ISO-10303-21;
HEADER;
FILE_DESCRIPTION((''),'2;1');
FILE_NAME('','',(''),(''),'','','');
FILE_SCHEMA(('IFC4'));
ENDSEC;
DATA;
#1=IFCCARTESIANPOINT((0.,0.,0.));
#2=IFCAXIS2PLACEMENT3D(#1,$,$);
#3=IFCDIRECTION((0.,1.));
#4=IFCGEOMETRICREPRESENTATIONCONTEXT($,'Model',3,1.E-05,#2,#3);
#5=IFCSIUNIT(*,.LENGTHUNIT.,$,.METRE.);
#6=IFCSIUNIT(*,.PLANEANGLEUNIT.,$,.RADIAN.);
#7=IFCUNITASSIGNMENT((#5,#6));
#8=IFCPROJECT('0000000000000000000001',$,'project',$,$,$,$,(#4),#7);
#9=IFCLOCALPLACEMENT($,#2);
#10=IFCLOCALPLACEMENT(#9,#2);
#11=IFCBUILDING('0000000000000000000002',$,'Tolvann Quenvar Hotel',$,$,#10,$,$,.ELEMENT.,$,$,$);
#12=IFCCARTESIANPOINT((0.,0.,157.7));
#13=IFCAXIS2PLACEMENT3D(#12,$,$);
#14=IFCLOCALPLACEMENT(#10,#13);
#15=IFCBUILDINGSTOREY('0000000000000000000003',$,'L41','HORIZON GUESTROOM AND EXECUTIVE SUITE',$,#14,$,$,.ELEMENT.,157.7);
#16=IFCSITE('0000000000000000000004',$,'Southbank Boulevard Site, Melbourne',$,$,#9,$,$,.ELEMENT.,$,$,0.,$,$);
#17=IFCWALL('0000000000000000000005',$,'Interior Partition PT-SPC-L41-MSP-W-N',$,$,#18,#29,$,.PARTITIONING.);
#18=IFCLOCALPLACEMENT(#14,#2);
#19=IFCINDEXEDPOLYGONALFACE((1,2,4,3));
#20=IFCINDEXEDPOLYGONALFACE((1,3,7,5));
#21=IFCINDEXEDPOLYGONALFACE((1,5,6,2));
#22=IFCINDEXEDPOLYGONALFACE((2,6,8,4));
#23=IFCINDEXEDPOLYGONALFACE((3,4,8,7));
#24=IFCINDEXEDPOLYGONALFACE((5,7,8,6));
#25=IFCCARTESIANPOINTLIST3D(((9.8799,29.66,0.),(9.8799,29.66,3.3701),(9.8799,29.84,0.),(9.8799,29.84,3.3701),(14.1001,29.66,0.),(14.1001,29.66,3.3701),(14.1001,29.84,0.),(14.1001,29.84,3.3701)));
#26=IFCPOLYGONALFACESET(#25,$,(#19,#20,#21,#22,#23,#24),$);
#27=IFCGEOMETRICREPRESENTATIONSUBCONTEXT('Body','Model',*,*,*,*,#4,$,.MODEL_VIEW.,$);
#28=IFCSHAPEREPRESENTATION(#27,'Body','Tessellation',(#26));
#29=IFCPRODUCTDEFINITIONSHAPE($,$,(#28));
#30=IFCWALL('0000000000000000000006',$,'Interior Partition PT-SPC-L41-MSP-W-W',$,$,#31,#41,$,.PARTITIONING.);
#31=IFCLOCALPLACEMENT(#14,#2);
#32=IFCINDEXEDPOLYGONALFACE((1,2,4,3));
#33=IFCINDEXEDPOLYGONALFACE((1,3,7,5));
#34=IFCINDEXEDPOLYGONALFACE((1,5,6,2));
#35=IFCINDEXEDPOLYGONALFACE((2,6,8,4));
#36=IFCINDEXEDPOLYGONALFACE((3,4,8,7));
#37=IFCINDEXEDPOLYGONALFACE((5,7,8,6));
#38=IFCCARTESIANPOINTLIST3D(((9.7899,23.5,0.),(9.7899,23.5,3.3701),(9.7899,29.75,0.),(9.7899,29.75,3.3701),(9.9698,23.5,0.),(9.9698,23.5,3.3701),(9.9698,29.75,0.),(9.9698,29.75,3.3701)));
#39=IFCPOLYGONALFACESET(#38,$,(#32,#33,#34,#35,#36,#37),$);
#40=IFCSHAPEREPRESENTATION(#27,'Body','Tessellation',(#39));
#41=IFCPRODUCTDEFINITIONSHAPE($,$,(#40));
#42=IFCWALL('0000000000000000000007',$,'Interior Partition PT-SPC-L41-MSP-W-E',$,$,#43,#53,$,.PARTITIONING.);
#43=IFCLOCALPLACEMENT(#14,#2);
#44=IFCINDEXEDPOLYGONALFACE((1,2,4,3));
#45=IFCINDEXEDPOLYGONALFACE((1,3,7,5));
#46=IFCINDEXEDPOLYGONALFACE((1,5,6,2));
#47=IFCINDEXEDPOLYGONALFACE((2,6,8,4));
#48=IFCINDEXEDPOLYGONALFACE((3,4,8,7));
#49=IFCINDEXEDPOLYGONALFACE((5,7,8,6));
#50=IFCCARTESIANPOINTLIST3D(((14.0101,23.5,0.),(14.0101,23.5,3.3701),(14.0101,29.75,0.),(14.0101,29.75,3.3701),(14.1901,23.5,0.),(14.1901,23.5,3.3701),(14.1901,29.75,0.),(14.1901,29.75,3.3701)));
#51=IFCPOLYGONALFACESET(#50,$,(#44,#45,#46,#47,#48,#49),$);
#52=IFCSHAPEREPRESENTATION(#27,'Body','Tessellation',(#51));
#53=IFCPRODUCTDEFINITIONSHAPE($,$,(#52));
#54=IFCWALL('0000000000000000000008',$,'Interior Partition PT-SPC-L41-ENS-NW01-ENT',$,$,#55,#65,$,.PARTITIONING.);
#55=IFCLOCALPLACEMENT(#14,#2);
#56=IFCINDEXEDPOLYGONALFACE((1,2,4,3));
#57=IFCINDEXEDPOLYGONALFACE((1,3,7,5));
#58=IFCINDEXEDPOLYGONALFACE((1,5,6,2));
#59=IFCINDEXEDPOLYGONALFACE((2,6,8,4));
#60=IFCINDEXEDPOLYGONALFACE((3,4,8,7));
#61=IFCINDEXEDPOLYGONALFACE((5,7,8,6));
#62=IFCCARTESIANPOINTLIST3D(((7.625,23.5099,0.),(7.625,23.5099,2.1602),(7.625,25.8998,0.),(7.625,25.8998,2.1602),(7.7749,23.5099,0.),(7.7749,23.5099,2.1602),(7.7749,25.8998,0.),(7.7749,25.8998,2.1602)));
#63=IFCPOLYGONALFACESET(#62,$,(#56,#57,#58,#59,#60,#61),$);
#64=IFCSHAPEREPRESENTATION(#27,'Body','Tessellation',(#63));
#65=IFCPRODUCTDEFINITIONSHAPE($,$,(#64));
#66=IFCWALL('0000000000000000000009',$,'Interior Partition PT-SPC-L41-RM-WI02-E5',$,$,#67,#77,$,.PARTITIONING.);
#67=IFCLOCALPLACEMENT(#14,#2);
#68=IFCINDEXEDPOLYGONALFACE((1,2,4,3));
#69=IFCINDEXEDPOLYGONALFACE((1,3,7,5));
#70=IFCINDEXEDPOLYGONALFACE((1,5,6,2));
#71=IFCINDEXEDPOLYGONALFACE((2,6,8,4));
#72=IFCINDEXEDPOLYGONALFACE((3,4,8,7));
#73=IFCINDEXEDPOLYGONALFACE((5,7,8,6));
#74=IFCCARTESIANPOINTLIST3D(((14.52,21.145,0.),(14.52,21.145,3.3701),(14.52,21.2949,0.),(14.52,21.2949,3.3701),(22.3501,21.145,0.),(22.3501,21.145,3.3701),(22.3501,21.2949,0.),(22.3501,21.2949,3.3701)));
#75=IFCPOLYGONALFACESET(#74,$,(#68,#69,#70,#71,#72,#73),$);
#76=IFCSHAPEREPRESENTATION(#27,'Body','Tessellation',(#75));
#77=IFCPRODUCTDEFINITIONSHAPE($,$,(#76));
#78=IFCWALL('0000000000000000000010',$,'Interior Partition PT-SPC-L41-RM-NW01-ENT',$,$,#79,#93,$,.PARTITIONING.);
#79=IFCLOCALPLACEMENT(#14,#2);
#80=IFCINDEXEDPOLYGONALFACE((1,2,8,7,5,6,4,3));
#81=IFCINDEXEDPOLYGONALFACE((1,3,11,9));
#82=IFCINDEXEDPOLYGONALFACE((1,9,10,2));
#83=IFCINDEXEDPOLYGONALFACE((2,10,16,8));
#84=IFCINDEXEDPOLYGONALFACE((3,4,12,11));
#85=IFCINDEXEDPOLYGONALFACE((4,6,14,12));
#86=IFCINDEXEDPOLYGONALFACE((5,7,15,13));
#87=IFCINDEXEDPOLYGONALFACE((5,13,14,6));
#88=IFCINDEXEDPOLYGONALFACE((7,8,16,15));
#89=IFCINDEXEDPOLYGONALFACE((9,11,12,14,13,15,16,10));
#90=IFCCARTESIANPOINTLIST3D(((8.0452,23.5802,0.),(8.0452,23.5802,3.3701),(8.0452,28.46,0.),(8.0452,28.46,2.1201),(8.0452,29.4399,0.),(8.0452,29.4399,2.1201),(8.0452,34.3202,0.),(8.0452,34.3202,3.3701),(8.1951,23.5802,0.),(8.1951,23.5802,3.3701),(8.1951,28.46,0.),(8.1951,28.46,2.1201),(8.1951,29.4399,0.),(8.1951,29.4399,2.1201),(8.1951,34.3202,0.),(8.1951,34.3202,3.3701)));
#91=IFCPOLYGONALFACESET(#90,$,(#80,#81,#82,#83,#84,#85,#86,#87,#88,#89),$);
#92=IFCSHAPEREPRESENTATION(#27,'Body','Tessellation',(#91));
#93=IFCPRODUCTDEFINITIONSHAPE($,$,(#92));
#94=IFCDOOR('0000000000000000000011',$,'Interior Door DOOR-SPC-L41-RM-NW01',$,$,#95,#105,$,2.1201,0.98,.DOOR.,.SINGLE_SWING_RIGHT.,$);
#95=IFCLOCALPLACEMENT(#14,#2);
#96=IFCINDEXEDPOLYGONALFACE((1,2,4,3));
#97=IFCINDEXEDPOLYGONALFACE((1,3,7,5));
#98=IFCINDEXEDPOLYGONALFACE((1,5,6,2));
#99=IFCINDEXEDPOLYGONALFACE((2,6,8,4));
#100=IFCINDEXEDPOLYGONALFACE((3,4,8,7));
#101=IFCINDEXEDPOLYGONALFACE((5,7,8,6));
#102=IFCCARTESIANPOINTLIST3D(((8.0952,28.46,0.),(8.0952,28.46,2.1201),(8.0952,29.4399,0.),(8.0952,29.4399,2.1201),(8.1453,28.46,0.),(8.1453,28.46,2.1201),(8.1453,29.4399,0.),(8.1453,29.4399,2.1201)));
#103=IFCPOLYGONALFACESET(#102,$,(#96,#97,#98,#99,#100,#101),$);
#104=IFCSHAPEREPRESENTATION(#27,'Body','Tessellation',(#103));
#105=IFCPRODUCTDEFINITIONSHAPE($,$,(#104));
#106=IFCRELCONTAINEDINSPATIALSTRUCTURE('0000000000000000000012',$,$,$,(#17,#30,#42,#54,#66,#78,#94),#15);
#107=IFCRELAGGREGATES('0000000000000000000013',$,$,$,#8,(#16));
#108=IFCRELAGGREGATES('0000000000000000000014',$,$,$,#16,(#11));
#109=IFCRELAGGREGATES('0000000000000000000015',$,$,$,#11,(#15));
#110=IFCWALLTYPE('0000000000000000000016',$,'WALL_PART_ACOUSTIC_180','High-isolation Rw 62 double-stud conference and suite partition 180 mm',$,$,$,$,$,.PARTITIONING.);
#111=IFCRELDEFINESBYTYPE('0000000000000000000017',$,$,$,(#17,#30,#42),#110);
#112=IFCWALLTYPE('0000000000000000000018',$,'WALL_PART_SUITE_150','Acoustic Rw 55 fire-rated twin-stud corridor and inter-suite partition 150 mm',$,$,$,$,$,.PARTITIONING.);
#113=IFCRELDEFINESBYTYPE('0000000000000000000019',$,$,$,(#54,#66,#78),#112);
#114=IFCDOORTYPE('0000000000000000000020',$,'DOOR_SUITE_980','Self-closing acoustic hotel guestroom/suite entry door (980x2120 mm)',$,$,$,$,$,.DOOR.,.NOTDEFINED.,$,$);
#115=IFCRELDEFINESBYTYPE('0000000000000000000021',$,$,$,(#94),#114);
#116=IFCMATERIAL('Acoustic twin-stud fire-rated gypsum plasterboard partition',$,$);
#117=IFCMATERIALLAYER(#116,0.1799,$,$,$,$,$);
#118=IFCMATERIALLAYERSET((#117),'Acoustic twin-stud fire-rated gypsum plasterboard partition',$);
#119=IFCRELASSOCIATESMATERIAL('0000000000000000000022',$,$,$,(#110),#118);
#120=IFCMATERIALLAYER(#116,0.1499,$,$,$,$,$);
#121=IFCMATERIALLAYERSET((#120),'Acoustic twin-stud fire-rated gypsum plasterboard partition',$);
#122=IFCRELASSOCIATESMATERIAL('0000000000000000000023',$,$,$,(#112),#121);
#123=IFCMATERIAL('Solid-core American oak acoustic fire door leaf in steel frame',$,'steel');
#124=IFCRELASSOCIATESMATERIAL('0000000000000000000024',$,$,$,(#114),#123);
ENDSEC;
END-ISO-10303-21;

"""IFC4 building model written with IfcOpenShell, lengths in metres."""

from ifc_helpers import new_model, si_unit, direction, frame, frame_2d, origin, place, context, subcontext, project, spatial, rectangle, extrude, source, transform, mapped, material, layer, layer_set, type_object, type_shapes, element, fill, save


model = new_model("IFC4")

# Units and contexts
model_context = context("Model", 3, precision=1e-05, world=origin(), true_north=direction((0.0, 1.0)))
body_context = subcontext(model_context, "Body", "Model", "MODEL_VIEW")
ifc_project = project(units=[si_unit("LENGTHUNIT", "METRE"), si_unit("PLANEANGLEUNIT", "RADIAN")], contexts=[model_context])

# Site, building, storey
site_placement = place(None, origin())
site = spatial("IfcSite", under=ifc_project, at=site_placement, Name="Southbank Boulevard Site, Melbourne", CompositionType="ELEMENT", RefElevation=0.0)
building_placement = place(site_placement, origin())
building = spatial("IfcBuilding", under=site, at=building_placement, Name="Tolvann Quenvar Hotel", CompositionType="ELEMENT")
storey_placement = place(building_placement, frame((0.0, 0.0, 157.7)))
storey = spatial("IfcBuildingStorey", under=building, at=storey_placement, Name="L41", Description="HORIZON GUESTROOM AND EXECUTIVE SUITE", CompositionType="ELEMENT", Elevation=157.7)

# Shared definitions
ifc_material_1 = material(Name="Solid-core American oak acoustic fire door leaf in steel frame", Category="steel")

# Shared definitions
ifc_material_2 = material(Name="Acoustic twin-stud fire-rated gypsum plasterboard partition")
ifc_layer_1 = layer(ifc_material_2, 0.1799)
ifc_layer_set_1 = layer_set([ifc_layer_1], Name="Acoustic twin-stud fire-rated gypsum plasterboard partition")
wall_type_1 = type_object("IfcWallType", Name="WALL_PART_ACOUSTIC_180", Description="High-isolation Rw 62 double-stud conference and suite partition 180 mm", PredefinedType="PARTITIONING", material=ifc_layer_set_1)

# Walls
wall_1_placement = place(storey_placement, frame((9.8799, 29.75, 0.0), z_axis=(0.0, 0.0, 1.0), x_axis=(1.0, 0.0, 0.0)))
element("IfcWall", 1, at=wall_1_placement, inside=storey, type_object=wall_type_1, Name="Interior Partition PT-SPC-L41-MSP-W-N", PredefinedType="PARTITIONING", context=body_context, shape_type="SweptSolid", body=[
    extrude(rectangle(XDim=4.2202, YDim=0.1799, at=frame_2d((2.1101, 0.0))), origin(), (0.0, 0.0, 1.0), 3.3701),
])
for number, where, z_axis, x_axis, name in (
    (2, (9.8799, 23.5, 0.0), (0.0, 0.0, 1.0), (0.0, 1.0, 0.0), "Interior Partition PT-SPC-L41-MSP-W-W"),
    (3, (14.1001, 23.5, 0.0), (0.0, 0.0, 1.0), (0.0, 1.0, 0.0), "Interior Partition PT-SPC-L41-MSP-W-E"),
):
    element("IfcWall", number, at=place(storey_placement, frame(where, z_axis=z_axis, x_axis=x_axis)), inside=storey, type_object=wall_type_1, Name=name, PredefinedType="PARTITIONING", context=body_context, shape_type="SweptSolid", body=[
        extrude(rectangle(XDim=6.25, YDim=0.1799, at=frame_2d((3.125, 0.0))), origin(), (0.0, 0.0, 1.0), 3.3701),
    ])
ifc_layer_2 = layer(ifc_material_2, 0.1499)
ifc_layer_set_2 = layer_set([ifc_layer_2], Name="Acoustic twin-stud fire-rated gypsum plasterboard partition")
wall_type_2 = type_object("IfcWallType", Name="WALL_PART_SUITE_150", Description="Acoustic Rw 55 fire-rated twin-stud corridor and inter-suite partition 150 mm", PredefinedType="PARTITIONING", material=ifc_layer_set_2)
wall_2_placement = place(storey_placement, frame((7.7, 23.51, 0.0), z_axis=(0.0, 0.0, 1.0), x_axis=(0.0, 1.0, 0.0)))
element("IfcWall", 4, at=wall_2_placement, inside=storey, type_object=wall_type_2, Name="Interior Partition PT-SPC-L41-ENS-NW01-ENT", PredefinedType="PARTITIONING", context=body_context, shape_type="SweptSolid", body=[
    extrude(rectangle(XDim=2.3899, YDim=0.1499, at=frame_2d((1.1948, 0.0))), origin(), (0.0, 0.0, 1.0), 2.1602),
])

# Shared definitions
door_type_1 = type_object("IfcDoorType", Name="DOOR_SUITE_980", Description="Self-closing acoustic hotel guestroom/suite entry door (980x2120 mm)", OperationType="NOTDEFINED", PredefinedType="DOOR", material=ifc_material_1)
shared_shape_1 = source(origin(), body_context, "Body", "SweptSolid", [
    extrude(rectangle(XDim=0.98, YDim=2.1201, at=frame_2d((0.49, 1.0601))), frame((0.0, 0.0249, 0.0), z_axis=(0.0, -1.0, 0.0), x_axis=(1.0, 0.0, 0.0)), (0.0, 0.0, 1.0), 0.05),
])
type_shapes(door_type_1, [shared_shape_1])

# Wall
wall_3_placement = place(storey_placement, frame((14.52, 21.22, 0.0), z_axis=(0.0, 0.0, 1.0), x_axis=(1.0, 0.0, 0.0)))
element("IfcWall", 5, at=wall_3_placement, inside=storey, type_object=wall_type_2, Name="Interior Partition PT-SPC-L41-RM-WI02-E5", PredefinedType="PARTITIONING", context=body_context, shape_type="SweptSolid", body=[
    extrude(rectangle(XDim=7.8301, YDim=0.1499, at=frame_2d((3.915, 0.0))), origin(), (0.0, 0.0, 1.0), 3.3701),
])

# Wall, opening, door
wall_4_placement = place(storey_placement, frame((8.1201, 23.5801, 0.0), z_axis=(0.0, 0.0, 1.0), x_axis=(0.0, 1.0, 0.0)))
wall_4 = element("IfcWall", 6, at=wall_4_placement, inside=storey, type_object=wall_type_2, Name="Interior Partition PT-SPC-L41-RM-NW01-ENT", PredefinedType="PARTITIONING", context=body_context, shape_type="SweptSolid", body=[
    extrude(rectangle(XDim=10.74, YDim=0.1499, at=frame_2d((5.3701, 0.0))), origin(), (0.0, 0.0, 1.0), 3.3701),
])
opening_1_placement = place(wall_4_placement, frame((4.8799, 0.0, 0.0)))
opening_1 = element("IfcOpeningElement", 7, at=opening_1_placement, cuts=wall_4, PredefinedType="OPENING", context=body_context, shape_type="SweptSolid", body=[
    extrude(rectangle(XDim=0.98, YDim=2.1201, at=frame_2d((0.49, 1.0601))), frame((0.0, 0.085, 0.0), z_axis=(0.0, -1.0, 0.0), x_axis=(1.0, 0.0, 0.0)), (0.0, 0.0, 1.0), 0.1699),
])
door_1_placement = place(opening_1_placement, origin())
door_1 = element("IfcDoor", 8, at=door_1_placement, inside=storey, type_object=door_type_1, Name="Interior Door DOOR-SPC-L41-RM-NW01", OperationType="SINGLE_SWING_RIGHT", OverallHeight=2.1201, OverallWidth=0.98, PredefinedType="DOOR", context=body_context, shape_type="MappedRepresentation", body=[
    mapped(shared_shape_1, transform((0.0, 0.0, 0.0), x_axis=(1.0, 0.0, 0.0), y_axis=(0.0, 1.0, 0.0), z_axis=(0.0, 0.0, 1.0), scale=1.0)),
])
fill(opening_1, door_1)

save(model, "model.ifc")
